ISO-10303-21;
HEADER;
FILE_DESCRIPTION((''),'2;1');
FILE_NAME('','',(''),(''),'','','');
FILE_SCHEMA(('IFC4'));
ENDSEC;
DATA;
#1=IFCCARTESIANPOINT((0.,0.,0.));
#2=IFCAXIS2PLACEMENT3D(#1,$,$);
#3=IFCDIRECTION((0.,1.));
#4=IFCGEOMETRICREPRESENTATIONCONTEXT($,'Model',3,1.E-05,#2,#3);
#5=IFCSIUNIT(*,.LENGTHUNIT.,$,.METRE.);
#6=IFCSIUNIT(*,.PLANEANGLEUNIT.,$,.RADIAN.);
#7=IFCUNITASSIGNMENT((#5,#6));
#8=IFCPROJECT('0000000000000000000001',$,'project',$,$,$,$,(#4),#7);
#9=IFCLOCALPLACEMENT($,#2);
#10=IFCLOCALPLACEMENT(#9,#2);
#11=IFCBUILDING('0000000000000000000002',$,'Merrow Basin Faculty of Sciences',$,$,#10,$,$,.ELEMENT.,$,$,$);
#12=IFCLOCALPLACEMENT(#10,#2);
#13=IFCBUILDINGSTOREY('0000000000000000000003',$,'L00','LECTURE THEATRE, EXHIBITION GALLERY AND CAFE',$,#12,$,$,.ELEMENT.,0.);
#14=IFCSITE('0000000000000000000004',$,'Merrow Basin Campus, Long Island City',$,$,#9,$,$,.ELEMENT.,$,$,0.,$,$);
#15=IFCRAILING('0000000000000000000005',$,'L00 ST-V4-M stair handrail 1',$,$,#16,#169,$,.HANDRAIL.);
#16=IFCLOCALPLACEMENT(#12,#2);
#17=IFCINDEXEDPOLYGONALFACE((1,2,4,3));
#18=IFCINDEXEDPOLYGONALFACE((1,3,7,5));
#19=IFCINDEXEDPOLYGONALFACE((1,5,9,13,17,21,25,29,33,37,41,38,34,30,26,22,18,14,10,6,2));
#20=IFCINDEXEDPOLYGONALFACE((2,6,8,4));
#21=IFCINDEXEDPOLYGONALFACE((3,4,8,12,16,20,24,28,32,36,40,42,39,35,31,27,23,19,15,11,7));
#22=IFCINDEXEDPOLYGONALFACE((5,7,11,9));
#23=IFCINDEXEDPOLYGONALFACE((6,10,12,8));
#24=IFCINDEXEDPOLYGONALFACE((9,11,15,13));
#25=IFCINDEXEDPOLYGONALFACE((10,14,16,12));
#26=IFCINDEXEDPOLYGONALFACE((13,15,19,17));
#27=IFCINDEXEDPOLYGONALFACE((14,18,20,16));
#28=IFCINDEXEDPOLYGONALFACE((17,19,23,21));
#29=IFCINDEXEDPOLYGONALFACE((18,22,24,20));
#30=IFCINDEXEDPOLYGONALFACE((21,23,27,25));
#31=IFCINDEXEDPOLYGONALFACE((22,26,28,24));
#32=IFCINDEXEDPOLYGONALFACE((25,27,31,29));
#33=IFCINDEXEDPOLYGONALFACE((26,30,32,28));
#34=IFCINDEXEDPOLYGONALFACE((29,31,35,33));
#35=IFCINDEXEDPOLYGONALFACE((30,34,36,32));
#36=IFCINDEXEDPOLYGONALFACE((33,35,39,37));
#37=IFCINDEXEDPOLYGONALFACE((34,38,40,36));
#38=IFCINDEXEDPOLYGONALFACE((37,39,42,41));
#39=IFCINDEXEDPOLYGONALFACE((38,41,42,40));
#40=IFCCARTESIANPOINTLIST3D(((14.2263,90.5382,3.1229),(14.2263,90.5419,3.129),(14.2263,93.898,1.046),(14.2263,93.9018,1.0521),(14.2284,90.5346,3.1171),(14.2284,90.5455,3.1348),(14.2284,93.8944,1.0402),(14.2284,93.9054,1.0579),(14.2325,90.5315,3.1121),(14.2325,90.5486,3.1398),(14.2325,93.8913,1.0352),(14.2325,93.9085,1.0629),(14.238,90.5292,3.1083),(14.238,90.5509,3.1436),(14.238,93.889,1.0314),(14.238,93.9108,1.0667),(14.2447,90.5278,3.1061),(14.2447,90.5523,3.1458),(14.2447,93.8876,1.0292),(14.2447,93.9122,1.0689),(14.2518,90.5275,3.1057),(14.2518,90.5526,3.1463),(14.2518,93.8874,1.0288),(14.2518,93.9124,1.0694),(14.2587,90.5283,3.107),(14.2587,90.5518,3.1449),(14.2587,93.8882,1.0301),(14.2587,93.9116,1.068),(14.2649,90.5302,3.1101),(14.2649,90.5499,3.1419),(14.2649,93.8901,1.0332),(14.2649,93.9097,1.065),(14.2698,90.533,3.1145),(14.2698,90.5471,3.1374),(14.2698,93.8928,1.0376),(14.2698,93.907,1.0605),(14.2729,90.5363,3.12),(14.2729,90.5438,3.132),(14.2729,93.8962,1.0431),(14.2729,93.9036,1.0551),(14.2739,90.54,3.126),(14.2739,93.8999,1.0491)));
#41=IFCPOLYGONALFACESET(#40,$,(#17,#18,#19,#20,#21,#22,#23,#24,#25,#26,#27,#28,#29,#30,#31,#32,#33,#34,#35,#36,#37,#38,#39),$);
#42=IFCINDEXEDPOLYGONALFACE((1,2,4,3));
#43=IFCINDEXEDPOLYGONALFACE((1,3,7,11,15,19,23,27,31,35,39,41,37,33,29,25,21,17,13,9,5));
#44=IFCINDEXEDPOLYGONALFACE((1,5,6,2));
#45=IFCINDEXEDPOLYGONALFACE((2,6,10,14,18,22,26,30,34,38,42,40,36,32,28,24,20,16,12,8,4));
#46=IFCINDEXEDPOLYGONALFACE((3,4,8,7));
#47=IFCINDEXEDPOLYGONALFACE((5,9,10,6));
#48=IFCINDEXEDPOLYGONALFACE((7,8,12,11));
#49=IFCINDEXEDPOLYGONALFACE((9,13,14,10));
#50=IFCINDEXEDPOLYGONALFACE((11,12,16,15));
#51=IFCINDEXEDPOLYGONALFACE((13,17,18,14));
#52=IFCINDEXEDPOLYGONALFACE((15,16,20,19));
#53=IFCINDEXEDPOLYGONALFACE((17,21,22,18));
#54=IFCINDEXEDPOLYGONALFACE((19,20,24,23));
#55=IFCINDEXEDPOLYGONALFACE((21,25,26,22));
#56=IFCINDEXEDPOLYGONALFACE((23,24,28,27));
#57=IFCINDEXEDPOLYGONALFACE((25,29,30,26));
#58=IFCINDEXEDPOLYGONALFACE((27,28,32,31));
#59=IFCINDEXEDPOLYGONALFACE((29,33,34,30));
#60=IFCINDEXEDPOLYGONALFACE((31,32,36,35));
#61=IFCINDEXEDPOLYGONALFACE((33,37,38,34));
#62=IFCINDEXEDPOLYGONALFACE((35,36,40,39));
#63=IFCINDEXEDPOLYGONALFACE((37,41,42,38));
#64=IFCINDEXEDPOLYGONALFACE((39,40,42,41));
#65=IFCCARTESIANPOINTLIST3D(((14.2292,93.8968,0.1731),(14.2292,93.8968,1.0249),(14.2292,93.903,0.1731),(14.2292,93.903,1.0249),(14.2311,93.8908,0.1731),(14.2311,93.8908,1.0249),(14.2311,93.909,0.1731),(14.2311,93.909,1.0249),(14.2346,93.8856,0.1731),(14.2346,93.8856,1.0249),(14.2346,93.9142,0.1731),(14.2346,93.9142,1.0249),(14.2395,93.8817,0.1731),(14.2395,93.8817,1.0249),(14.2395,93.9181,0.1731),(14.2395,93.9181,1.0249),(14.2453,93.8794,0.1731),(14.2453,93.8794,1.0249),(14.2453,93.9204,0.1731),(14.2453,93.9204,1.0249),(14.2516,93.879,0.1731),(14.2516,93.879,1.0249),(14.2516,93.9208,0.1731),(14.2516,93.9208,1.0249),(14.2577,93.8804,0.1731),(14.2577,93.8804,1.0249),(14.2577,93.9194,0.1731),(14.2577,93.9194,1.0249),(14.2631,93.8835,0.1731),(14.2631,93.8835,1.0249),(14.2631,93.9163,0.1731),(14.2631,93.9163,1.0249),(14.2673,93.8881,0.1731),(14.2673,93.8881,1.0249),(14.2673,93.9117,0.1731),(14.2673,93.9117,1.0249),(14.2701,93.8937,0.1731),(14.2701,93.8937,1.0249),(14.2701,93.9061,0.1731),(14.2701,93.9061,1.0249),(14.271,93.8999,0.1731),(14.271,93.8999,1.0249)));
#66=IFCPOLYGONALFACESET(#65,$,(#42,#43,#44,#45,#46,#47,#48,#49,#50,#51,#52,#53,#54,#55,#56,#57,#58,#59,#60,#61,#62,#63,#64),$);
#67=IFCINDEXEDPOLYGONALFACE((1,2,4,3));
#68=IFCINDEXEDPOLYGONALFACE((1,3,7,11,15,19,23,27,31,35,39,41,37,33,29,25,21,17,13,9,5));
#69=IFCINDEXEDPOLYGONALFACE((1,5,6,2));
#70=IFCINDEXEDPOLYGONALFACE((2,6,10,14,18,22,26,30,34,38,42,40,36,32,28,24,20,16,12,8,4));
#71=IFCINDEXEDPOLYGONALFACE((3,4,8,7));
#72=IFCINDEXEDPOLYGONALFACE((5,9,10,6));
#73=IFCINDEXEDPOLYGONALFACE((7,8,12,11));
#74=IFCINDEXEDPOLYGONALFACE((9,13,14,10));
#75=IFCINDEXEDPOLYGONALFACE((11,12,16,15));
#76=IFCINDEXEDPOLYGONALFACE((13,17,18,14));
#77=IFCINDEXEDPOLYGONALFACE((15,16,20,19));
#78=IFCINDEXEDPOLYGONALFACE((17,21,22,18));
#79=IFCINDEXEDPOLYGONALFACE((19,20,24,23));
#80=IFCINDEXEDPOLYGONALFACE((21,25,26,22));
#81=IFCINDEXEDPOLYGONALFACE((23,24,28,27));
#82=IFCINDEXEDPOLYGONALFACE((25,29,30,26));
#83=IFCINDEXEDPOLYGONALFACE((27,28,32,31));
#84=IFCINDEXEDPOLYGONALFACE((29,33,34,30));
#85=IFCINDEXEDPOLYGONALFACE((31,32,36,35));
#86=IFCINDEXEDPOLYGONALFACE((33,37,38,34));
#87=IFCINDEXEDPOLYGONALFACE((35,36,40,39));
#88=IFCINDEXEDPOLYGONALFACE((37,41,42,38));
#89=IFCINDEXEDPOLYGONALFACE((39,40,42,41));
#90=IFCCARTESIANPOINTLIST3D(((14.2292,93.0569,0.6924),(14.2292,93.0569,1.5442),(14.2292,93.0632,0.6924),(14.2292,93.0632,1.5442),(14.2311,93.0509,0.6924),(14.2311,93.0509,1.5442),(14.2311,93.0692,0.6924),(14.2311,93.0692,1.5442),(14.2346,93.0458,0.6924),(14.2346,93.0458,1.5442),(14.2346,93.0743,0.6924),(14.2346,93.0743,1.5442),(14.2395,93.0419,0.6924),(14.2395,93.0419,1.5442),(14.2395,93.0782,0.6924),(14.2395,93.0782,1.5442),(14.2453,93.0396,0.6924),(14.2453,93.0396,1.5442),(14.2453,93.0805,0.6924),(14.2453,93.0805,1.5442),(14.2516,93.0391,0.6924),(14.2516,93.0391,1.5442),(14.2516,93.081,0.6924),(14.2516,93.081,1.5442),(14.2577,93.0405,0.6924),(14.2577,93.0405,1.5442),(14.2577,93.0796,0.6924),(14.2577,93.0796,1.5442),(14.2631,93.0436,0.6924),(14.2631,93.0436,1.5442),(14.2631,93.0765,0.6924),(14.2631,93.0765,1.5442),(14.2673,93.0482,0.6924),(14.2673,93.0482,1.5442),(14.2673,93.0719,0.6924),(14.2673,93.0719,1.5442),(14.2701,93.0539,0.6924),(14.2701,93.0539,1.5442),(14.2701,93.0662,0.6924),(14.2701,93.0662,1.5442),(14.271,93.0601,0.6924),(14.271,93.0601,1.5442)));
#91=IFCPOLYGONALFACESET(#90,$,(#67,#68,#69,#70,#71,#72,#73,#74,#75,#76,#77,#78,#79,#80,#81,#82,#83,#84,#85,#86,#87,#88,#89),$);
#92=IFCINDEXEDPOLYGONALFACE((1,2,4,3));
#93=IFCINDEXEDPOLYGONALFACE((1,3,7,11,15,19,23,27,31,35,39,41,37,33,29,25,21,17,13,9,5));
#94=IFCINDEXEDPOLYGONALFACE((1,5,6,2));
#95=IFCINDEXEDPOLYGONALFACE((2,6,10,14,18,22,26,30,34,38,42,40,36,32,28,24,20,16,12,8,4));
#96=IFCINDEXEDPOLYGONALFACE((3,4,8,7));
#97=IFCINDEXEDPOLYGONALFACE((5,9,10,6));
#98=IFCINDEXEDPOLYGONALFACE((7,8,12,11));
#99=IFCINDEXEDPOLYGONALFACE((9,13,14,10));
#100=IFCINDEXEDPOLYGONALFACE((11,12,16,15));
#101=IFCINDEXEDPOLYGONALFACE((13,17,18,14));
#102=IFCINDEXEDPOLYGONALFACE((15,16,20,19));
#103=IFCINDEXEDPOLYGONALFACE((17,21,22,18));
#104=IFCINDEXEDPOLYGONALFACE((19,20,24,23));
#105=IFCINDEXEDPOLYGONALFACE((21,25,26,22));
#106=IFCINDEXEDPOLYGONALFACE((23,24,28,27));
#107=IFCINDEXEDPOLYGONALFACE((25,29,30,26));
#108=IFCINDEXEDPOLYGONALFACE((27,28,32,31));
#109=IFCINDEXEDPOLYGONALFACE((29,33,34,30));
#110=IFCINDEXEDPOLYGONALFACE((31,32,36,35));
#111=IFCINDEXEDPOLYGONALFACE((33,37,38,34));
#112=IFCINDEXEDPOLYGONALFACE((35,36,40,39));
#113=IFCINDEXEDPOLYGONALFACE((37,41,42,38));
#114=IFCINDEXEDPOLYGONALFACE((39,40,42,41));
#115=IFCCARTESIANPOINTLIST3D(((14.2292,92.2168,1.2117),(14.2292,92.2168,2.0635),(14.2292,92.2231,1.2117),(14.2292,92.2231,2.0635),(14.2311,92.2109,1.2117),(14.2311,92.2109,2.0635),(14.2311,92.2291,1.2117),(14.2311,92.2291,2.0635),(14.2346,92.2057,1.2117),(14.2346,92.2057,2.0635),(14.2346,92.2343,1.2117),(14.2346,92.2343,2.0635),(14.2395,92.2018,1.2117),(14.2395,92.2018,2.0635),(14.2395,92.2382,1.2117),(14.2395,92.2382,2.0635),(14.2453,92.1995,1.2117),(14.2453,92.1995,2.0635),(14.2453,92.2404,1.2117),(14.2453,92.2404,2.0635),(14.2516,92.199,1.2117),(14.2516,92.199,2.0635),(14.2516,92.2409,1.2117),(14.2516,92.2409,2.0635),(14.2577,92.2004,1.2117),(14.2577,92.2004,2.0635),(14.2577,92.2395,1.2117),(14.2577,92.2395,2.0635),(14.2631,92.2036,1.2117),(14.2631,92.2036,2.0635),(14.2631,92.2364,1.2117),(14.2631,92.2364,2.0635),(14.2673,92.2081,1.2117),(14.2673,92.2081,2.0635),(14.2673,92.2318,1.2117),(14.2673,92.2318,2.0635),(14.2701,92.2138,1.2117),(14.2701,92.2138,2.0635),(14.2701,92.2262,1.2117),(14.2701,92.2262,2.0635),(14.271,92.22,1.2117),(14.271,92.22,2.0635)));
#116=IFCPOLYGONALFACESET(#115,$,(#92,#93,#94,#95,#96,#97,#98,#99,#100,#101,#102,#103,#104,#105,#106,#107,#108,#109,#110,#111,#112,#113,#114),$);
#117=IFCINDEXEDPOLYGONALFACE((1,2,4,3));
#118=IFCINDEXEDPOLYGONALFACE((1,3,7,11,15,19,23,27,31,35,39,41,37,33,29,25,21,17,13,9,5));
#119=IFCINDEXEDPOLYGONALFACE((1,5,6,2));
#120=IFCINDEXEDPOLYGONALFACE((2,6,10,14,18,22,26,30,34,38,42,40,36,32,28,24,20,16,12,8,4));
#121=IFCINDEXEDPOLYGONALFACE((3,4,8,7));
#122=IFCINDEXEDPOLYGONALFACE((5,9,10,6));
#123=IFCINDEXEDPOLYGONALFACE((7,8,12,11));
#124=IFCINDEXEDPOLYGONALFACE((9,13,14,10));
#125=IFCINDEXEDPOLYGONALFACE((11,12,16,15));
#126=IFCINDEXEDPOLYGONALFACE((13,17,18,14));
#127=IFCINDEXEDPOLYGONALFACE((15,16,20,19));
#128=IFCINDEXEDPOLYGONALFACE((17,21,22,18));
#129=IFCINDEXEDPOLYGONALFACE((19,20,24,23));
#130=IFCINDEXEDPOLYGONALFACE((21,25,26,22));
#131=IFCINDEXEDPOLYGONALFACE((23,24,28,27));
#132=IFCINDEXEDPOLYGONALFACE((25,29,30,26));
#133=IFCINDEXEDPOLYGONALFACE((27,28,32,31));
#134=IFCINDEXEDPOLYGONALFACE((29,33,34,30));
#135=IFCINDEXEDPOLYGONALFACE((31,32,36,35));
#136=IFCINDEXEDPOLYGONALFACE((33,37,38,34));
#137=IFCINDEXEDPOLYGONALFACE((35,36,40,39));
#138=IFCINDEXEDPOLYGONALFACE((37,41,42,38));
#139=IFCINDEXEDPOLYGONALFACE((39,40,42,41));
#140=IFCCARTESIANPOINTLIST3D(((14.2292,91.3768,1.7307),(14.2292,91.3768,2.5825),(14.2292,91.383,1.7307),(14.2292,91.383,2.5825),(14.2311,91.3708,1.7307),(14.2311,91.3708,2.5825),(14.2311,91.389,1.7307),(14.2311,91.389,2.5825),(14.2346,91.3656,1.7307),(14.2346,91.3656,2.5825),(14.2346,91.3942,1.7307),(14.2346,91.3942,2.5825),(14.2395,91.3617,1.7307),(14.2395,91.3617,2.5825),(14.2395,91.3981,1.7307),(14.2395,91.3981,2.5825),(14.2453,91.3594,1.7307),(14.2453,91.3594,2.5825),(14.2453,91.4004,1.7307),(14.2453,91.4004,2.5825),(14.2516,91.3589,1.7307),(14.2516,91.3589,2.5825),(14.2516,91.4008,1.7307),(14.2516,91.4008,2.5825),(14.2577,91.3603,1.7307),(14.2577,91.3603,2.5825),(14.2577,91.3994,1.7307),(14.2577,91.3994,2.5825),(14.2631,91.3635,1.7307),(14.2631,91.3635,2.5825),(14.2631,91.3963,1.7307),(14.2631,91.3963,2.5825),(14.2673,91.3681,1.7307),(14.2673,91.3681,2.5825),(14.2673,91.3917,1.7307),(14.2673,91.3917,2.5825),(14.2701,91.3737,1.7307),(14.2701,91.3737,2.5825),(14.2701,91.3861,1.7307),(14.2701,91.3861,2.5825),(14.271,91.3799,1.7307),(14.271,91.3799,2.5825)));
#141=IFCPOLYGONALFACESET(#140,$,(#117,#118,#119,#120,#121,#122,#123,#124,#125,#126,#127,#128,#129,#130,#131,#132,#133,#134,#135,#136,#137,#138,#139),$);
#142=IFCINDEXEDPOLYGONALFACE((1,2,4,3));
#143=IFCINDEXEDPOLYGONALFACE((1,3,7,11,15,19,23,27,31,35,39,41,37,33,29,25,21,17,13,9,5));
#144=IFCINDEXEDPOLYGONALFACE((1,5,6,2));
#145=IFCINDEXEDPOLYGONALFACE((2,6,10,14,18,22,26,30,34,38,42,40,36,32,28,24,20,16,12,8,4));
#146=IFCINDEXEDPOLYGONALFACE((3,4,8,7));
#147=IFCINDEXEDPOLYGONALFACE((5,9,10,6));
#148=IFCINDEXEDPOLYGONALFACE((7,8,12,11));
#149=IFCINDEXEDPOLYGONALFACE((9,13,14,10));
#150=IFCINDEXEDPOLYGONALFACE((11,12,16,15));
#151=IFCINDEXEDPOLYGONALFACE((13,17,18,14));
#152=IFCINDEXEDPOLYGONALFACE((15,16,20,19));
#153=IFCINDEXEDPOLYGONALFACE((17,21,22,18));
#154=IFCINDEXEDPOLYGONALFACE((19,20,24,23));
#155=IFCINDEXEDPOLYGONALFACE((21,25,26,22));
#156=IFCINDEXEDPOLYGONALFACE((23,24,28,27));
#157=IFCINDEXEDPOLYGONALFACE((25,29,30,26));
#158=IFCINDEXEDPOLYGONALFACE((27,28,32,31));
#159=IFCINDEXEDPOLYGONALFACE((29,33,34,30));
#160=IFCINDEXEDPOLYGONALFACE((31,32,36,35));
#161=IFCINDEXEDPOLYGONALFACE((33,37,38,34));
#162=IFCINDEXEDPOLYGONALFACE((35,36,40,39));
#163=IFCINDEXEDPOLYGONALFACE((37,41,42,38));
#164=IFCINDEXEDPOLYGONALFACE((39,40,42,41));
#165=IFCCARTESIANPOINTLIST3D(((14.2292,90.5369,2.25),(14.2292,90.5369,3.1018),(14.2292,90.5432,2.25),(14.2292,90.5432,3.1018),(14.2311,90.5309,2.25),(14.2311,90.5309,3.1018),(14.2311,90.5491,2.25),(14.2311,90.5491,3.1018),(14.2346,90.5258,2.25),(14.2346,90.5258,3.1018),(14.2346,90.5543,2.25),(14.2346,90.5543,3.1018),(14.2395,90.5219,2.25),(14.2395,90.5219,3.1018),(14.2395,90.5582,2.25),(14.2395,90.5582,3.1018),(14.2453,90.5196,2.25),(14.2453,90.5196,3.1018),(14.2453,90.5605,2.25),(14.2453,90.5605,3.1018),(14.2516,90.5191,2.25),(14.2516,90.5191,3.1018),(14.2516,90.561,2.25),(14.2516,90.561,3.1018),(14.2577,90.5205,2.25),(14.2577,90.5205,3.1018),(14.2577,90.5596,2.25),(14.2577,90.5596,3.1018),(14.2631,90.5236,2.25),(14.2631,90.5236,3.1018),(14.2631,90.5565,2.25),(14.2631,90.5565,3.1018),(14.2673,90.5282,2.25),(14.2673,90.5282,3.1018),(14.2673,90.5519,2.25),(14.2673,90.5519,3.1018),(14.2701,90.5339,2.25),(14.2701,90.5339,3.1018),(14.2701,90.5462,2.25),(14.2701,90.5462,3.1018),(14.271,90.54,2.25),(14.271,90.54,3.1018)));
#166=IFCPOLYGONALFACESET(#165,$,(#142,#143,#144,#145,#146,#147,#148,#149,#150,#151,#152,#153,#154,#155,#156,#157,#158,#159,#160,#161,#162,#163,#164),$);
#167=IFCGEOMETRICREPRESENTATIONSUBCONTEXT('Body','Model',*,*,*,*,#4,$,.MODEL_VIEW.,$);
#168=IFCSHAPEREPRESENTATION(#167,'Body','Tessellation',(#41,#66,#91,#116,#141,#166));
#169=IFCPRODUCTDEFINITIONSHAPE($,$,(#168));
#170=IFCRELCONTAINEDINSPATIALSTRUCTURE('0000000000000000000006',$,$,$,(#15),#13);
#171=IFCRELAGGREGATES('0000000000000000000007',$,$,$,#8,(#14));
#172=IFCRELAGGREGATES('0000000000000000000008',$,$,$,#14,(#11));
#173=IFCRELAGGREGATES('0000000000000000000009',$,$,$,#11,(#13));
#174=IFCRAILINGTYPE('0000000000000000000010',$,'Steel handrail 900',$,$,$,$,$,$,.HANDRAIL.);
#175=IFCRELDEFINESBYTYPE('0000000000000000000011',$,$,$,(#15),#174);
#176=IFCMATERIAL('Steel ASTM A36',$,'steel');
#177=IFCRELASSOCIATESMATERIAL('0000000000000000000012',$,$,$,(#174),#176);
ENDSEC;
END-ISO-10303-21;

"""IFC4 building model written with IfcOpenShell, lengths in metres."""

from ifc_helpers import new_model, si_unit, direction, frame, origin, origin_2d, place, context, subcontext, project, spatial, circle, extrude, material, type_object, element, save


model = new_model("IFC4")

# Units and contexts
model_context = context("Model", 3, precision=1e-05, world=origin(), true_north=direction((0.0, 1.0)))
body_context = subcontext(model_context, "Body", "Model", "MODEL_VIEW")
ifc_project = project(units=[si_unit("LENGTHUNIT", "METRE"), si_unit("PLANEANGLEUNIT", "RADIAN")], contexts=[model_context])

# Site, building, storey
site_placement = place(None, origin())
site = spatial("IfcSite", under=ifc_project, at=site_placement, Name="Merrow Basin Campus, Long Island City", CompositionType="ELEMENT", RefElevation=0.0)
building_placement = place(site_placement, origin())
building = spatial("IfcBuilding", under=site, at=building_placement, Name="Merrow Basin Faculty of Sciences", CompositionType="ELEMENT")
storey_placement = place(building_placement, origin())
storey = spatial("IfcBuildingStorey", under=building, at=storey_placement, Name="L00", Description="LECTURE THEATRE, EXHIBITION GALLERY AND CAFE", CompositionType="ELEMENT", Elevation=0.0)

# Railing
ifc_material_1 = material(Name="Steel ASTM A36", Category="steel")
railing_type_1 = type_object("IfcRailingType", Name="Steel handrail 900", PredefinedType="HANDRAIL", material=ifc_material_1)
railing_1_placement = place(storey_placement, frame((14.25, 93.8999, 0.1731)))
element("IfcRailing", 1, at=railing_1_placement, inside=storey, type_object=railing_type_1, Name="L00 ST-V4-M stair handrail 1", PredefinedType="HANDRAIL", context=body_context, shape_type="SweptSolid", body=[
    extrude(circle(Radius=0.0239, at=origin_2d()), frame((0.0, 0.0, 0.876), z_axis=(0.0, -0.850606, 0.525803), x_axis=(1.0, 0.0, 0.0)), (0.0, 0.0, 1.0), 3.95),
    extrude(circle(Radius=0.021, at=origin_2d()), origin(), (0.0, 0.0, 1.0), 0.8518),
    extrude(circle(Radius=0.021, at=origin_2d()), frame((0.0, -0.8398, 0.5193)), (0.0, 0.0, 1.0), 0.8518),
    extrude(circle(Radius=0.021, at=origin_2d()), frame((0.0, -1.6799, 1.0386)), (0.0, 0.0, 1.0), 0.8518),
    extrude(circle(Radius=0.021, at=origin_2d()), frame((0.0, -2.52, 1.5576)), (0.0, 0.0, 1.0), 0.8518),
    extrude(circle(Radius=0.021, at=origin_2d()), frame((0.0, -3.3599, 2.0769)), (0.0, 0.0, 1.0), 0.8518),
])

save(model, "model.ifc")
